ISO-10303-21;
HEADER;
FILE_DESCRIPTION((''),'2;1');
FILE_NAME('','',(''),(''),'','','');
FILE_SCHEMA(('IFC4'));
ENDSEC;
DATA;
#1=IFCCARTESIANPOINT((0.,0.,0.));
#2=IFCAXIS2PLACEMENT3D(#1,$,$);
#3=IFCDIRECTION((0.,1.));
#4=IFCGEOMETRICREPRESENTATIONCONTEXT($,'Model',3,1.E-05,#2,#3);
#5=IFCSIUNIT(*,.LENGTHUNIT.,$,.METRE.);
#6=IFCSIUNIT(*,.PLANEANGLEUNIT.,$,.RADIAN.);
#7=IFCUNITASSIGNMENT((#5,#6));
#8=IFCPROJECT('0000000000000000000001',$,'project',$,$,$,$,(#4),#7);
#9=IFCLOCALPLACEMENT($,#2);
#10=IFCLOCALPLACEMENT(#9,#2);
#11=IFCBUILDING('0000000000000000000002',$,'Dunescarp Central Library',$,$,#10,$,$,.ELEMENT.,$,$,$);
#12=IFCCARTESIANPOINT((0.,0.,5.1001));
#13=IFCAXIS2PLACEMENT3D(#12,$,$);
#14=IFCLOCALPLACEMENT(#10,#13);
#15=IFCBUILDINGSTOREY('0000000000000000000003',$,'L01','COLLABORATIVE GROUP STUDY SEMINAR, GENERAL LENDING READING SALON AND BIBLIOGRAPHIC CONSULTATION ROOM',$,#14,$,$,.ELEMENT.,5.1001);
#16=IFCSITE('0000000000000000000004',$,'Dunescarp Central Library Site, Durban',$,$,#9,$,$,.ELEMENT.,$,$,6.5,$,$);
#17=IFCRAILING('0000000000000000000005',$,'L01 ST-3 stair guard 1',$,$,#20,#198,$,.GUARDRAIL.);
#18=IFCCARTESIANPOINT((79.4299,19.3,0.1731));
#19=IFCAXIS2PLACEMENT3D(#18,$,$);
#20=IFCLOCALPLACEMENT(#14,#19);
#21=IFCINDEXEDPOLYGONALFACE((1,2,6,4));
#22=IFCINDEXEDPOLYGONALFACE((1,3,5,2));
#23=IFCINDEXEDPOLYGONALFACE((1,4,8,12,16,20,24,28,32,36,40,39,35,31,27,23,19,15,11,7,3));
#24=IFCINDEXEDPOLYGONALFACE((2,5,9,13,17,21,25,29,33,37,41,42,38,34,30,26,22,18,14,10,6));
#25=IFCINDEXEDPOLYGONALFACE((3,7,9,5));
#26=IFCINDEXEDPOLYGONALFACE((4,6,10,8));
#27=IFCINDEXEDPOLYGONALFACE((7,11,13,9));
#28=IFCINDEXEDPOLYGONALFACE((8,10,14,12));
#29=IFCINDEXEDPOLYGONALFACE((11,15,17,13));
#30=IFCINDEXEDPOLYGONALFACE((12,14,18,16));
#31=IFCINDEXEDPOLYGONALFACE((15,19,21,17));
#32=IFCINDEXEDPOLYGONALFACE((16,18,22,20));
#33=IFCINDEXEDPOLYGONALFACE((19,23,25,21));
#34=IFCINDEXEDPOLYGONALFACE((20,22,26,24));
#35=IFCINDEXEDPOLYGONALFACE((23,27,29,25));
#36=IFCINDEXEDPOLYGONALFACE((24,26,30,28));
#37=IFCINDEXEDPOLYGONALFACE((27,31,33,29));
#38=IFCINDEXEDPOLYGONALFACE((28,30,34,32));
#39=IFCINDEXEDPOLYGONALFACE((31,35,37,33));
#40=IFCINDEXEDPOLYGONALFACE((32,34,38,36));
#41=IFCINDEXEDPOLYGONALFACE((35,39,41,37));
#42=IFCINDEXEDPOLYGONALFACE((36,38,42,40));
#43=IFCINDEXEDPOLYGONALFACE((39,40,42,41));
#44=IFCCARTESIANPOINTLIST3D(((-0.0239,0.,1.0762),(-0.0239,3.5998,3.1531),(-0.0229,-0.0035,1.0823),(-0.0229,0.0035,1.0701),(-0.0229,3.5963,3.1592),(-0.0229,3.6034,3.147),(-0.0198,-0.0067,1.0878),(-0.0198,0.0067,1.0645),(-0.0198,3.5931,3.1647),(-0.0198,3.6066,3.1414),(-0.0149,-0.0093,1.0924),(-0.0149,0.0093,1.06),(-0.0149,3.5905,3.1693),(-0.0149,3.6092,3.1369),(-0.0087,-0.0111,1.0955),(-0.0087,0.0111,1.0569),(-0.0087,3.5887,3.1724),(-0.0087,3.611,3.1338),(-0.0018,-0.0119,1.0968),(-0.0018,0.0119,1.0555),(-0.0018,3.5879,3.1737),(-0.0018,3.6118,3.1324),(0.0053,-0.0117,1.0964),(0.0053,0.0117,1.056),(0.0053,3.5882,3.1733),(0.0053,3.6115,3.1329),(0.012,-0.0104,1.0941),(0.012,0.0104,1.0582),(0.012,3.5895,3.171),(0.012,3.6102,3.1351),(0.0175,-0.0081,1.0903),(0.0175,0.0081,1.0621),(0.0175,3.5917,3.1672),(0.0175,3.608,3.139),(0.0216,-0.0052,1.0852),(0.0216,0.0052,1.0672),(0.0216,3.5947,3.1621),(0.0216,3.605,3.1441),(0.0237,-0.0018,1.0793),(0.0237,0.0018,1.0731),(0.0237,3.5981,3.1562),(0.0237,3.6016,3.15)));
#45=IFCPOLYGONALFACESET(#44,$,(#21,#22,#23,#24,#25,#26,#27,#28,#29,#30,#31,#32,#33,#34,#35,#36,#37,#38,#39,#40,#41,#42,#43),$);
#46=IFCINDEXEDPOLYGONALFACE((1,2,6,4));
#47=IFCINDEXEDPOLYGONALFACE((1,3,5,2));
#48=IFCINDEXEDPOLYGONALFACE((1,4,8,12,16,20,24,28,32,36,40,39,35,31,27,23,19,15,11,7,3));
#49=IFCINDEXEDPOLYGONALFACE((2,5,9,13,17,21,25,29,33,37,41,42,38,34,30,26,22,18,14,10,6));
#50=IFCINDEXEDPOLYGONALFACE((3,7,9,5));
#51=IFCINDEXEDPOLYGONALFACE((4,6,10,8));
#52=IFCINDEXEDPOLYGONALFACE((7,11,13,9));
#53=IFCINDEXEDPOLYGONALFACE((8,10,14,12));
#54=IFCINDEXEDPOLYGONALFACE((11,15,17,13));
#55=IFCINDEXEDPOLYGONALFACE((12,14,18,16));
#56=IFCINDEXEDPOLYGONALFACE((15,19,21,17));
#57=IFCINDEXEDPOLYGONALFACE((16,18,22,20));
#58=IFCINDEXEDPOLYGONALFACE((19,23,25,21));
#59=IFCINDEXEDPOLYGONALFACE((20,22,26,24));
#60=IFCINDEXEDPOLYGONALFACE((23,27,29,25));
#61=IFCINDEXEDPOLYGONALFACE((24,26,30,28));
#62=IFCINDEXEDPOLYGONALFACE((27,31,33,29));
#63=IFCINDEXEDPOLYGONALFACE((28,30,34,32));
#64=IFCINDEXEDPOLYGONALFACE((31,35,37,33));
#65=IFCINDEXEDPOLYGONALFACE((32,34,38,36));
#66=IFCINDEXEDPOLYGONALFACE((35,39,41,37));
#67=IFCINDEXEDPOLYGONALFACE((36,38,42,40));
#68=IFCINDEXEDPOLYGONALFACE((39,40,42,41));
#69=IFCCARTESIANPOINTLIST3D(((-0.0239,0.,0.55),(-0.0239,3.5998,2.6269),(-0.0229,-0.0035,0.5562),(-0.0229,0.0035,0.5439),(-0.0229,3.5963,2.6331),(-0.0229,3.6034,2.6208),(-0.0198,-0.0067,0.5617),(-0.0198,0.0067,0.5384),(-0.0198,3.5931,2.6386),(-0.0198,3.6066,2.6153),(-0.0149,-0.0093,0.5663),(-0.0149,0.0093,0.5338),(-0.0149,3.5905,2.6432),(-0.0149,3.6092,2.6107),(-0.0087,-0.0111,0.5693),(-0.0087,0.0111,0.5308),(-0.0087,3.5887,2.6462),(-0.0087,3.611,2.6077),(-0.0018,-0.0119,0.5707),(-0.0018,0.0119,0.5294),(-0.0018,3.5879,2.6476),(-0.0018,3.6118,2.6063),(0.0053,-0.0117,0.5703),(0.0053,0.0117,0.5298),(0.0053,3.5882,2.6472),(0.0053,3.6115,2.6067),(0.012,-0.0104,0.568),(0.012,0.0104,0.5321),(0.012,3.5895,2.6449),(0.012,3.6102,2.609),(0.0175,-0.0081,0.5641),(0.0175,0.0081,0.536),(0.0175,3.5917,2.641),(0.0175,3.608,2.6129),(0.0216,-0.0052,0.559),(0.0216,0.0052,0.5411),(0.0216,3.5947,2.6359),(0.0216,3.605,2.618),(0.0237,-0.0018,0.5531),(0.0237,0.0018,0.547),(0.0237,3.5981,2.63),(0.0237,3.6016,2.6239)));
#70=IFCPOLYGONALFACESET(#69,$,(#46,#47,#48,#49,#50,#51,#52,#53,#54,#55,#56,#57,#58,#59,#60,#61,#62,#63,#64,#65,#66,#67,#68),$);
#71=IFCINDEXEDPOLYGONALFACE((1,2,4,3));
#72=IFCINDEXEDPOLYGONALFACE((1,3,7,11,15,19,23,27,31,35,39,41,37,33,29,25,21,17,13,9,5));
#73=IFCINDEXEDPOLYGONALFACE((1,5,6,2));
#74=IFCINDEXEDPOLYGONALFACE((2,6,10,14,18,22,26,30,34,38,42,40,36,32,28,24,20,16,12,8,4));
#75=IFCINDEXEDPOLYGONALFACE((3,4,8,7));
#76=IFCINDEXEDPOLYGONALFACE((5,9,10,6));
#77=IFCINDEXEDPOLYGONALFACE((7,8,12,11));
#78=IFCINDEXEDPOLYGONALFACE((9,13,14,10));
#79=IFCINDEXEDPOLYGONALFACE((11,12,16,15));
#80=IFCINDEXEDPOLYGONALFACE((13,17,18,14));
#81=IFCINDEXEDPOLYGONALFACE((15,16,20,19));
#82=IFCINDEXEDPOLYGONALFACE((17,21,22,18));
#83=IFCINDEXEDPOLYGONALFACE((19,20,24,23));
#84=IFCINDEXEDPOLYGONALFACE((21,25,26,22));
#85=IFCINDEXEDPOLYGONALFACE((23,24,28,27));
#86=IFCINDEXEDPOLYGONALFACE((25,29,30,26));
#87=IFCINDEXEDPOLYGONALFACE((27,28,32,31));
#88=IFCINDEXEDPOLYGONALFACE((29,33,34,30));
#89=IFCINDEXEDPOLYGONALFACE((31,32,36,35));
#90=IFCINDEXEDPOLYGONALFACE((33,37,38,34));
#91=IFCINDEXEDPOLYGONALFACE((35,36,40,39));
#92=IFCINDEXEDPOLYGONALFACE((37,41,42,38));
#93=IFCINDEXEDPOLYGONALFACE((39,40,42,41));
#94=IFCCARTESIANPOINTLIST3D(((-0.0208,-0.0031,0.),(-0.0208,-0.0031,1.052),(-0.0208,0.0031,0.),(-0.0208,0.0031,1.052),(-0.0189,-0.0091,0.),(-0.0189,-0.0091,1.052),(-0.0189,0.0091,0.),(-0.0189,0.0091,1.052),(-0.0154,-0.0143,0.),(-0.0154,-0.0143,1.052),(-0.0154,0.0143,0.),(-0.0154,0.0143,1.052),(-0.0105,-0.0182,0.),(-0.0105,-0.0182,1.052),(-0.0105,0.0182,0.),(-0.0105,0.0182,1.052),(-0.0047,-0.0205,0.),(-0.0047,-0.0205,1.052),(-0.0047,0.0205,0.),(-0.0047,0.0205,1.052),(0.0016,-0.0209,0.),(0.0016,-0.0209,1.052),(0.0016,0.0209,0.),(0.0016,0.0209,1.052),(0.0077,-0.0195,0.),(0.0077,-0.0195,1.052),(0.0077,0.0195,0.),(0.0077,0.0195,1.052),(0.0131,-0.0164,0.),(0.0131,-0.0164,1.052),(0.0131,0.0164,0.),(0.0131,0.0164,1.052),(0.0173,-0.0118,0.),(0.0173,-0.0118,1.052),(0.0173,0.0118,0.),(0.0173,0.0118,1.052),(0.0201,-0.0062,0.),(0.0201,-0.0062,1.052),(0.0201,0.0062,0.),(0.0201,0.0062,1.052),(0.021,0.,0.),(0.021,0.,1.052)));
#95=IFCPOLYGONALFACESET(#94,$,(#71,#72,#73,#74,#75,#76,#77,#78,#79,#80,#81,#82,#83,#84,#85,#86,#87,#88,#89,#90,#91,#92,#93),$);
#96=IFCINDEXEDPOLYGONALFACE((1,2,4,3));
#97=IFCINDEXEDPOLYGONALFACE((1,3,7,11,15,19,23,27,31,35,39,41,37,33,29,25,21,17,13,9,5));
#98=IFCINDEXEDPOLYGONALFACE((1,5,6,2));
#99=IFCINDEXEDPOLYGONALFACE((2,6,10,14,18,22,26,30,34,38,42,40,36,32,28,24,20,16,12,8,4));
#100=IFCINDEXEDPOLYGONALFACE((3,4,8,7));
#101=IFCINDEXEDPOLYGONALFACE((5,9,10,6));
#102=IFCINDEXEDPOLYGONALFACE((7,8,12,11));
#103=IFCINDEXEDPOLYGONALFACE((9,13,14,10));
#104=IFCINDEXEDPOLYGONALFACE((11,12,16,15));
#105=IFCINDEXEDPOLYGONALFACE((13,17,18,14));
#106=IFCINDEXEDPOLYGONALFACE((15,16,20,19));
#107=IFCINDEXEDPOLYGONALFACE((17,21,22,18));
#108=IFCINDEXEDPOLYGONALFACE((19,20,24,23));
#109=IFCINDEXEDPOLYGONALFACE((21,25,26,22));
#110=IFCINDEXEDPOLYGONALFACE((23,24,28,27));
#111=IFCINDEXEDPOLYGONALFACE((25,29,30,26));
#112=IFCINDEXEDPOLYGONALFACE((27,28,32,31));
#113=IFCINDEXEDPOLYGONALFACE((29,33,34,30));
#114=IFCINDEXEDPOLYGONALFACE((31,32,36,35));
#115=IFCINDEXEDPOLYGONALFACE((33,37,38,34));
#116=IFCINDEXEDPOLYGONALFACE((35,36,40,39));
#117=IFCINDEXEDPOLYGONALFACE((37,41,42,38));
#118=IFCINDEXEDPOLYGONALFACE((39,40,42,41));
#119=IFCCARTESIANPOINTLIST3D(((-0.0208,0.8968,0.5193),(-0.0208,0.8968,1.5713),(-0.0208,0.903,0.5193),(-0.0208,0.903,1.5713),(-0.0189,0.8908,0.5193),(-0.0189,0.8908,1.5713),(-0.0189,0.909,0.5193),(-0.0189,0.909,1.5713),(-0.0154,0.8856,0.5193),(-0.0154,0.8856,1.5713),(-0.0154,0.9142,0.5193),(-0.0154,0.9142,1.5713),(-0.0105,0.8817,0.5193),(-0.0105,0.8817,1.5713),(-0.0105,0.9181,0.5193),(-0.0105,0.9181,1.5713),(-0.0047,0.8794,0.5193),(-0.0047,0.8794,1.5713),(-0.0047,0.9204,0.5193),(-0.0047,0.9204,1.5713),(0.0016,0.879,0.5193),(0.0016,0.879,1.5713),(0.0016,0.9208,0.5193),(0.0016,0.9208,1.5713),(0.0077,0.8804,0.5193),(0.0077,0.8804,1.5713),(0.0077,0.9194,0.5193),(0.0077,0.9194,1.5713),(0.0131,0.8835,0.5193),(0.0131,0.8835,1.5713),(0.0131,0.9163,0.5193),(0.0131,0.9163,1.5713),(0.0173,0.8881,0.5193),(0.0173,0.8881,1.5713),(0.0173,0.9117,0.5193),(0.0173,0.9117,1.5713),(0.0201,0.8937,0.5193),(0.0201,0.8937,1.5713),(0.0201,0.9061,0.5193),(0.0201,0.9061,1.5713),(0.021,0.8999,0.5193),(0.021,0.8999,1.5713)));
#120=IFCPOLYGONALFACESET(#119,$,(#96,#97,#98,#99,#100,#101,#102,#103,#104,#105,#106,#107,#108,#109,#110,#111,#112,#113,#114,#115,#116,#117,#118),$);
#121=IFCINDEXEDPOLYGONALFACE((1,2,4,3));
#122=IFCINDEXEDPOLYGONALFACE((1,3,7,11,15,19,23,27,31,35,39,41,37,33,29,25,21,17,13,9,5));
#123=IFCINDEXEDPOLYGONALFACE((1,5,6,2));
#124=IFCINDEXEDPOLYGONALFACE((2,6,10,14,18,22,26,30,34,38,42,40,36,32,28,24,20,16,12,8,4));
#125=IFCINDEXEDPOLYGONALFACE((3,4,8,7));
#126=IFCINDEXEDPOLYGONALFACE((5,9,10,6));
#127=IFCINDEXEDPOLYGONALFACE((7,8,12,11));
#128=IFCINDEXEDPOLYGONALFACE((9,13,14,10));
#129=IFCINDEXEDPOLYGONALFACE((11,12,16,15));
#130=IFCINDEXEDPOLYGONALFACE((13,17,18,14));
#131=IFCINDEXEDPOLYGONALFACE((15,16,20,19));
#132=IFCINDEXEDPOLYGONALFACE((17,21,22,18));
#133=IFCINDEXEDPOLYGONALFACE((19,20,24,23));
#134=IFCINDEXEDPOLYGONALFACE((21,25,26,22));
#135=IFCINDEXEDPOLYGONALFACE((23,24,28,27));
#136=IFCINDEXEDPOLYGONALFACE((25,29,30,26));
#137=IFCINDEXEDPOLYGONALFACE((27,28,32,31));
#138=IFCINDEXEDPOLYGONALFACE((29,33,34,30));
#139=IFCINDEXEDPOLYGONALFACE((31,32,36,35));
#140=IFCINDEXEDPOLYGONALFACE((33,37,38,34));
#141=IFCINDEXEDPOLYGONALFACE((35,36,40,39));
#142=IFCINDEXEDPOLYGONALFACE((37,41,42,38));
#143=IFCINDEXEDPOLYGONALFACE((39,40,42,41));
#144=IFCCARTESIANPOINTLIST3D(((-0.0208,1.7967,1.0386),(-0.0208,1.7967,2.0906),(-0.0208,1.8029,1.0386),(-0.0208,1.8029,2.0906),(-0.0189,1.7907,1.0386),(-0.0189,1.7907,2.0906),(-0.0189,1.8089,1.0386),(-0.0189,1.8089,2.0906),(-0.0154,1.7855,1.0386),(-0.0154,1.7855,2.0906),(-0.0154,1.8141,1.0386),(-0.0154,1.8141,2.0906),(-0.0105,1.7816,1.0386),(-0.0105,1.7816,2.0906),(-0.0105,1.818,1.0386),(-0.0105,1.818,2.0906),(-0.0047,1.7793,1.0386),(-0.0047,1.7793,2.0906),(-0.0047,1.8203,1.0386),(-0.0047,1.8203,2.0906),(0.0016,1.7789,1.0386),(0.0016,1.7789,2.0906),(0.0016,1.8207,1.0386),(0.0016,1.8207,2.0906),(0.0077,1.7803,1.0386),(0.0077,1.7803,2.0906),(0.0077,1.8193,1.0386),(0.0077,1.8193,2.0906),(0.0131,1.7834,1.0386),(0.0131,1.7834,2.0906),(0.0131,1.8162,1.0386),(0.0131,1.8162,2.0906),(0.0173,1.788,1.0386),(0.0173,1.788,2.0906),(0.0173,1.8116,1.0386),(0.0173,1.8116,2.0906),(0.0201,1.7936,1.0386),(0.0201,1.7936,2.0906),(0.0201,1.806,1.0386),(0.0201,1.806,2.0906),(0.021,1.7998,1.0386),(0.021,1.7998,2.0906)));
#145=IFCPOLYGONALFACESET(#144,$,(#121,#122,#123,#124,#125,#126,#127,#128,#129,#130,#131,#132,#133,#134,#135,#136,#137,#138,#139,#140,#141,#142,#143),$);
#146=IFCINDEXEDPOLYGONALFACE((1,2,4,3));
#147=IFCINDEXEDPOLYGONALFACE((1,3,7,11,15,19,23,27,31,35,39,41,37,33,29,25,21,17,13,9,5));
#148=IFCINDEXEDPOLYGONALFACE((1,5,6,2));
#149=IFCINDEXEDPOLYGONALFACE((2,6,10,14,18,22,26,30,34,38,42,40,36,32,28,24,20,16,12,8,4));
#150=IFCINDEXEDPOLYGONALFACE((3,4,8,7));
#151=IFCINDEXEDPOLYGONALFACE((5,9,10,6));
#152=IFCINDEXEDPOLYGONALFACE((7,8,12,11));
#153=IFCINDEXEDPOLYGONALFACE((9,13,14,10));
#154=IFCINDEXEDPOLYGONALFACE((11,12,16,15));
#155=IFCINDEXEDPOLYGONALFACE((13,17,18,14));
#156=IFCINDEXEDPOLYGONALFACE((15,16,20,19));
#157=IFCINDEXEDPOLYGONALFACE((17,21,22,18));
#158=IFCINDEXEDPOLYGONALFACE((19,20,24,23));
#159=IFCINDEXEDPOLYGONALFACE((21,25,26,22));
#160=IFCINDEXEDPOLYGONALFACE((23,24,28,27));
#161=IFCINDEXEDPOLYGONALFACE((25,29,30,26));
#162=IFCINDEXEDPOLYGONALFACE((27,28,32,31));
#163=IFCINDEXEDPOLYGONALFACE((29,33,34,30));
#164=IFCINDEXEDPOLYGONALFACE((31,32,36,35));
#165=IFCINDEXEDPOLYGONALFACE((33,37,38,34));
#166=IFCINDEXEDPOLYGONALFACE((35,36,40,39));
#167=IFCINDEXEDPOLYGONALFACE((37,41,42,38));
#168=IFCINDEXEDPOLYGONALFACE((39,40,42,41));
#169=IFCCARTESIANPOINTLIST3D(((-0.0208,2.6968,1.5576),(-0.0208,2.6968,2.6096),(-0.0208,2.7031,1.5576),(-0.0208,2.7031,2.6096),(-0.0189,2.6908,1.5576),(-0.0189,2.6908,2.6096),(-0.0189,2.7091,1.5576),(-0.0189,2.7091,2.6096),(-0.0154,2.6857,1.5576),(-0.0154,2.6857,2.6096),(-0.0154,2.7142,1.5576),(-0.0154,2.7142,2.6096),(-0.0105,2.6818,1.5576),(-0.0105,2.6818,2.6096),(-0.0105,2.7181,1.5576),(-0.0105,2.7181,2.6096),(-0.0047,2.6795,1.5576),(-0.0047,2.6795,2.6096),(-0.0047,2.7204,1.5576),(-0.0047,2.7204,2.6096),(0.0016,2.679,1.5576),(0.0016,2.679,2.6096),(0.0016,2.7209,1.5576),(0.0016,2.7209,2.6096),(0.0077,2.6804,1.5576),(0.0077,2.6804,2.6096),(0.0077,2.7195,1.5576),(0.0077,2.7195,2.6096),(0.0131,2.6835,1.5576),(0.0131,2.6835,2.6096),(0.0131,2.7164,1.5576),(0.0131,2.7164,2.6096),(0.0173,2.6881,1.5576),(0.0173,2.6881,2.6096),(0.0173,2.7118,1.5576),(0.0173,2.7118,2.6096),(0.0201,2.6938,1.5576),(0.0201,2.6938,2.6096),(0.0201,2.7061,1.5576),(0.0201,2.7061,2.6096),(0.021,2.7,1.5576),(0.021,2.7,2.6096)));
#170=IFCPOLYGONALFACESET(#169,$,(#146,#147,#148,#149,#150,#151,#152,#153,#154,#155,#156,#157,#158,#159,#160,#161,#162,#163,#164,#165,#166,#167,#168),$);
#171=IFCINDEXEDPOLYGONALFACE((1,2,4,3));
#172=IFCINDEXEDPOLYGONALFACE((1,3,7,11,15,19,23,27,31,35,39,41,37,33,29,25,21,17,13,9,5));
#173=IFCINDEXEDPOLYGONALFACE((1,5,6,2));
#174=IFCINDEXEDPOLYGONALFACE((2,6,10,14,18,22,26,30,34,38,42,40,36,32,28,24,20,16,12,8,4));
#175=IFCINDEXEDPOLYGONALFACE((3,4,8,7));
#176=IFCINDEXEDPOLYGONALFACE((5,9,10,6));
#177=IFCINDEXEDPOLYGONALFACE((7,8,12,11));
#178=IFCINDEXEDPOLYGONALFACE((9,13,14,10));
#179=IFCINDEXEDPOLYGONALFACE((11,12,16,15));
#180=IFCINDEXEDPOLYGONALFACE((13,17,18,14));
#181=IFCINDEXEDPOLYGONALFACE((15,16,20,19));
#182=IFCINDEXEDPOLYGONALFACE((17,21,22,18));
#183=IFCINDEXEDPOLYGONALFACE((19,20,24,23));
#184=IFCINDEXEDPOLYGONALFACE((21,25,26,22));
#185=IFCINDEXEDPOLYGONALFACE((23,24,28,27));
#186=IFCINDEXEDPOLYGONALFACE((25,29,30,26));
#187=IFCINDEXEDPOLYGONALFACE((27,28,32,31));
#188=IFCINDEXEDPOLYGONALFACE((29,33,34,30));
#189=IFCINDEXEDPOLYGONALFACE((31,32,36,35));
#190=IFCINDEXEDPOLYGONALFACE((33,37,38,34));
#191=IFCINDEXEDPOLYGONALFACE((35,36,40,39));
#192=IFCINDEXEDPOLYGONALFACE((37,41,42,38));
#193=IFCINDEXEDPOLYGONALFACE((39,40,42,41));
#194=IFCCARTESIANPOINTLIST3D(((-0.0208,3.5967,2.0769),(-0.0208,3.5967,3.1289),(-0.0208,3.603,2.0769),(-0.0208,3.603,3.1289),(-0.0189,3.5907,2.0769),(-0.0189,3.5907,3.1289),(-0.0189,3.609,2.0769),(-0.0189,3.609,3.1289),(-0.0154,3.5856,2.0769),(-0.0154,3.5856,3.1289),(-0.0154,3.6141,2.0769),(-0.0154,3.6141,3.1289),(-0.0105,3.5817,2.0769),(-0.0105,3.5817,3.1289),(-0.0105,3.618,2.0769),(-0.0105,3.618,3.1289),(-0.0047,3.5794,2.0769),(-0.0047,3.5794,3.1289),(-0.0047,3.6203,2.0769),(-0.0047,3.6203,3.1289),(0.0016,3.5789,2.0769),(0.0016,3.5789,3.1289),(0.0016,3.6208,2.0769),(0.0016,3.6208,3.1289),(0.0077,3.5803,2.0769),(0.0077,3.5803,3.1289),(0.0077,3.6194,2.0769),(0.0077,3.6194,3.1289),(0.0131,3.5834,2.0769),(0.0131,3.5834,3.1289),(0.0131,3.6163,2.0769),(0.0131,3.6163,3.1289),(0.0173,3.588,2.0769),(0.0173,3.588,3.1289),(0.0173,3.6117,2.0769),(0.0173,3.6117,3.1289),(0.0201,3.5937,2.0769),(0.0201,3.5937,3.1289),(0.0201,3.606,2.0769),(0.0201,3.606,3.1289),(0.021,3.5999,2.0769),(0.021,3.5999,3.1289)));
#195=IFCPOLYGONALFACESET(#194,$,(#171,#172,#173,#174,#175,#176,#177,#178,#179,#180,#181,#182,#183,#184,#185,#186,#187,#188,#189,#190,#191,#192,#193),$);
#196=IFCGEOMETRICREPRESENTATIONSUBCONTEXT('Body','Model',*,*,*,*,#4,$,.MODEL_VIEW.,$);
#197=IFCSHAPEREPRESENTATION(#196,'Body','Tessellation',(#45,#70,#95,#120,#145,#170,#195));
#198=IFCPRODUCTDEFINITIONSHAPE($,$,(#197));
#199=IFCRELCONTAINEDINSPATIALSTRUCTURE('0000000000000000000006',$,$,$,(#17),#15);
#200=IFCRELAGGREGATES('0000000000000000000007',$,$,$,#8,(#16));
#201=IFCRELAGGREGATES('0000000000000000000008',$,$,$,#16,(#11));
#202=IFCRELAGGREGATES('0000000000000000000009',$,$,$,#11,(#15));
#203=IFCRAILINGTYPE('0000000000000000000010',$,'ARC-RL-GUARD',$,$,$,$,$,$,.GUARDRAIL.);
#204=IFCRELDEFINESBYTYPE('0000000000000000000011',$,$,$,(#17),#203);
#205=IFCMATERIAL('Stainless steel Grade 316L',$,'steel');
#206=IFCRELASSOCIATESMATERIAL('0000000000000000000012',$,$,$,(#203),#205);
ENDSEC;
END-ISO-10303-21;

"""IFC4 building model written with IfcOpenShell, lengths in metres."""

from ifc_helpers import new_model, si_unit, direction, frame, origin, origin_2d, place, context, subcontext, project, spatial, circle, extrude, material, type_object, element, save


model = new_model("IFC4")

# Units and contexts
model_context = context("Model", 3, precision=1e-05, world=origin(), true_north=direction((0.0, 1.0)))
body_context = subcontext(model_context, "Body", "Model", "MODEL_VIEW")
ifc_project = project(units=[si_unit("LENGTHUNIT", "METRE"), si_unit("PLANEANGLEUNIT", "RADIAN")], contexts=[model_context])

# Site, building, storey
site_placement = place(None, origin())
site = spatial("IfcSite", under=ifc_project, at=site_placement, Name="Dunescarp Central Library Site, Durban", CompositionType="ELEMENT", RefElevation=6.5)
building_placement = place(site_placement, origin())
building = spatial("IfcBuilding", under=site, at=building_placement, Name="Dunescarp Central Library", CompositionType="ELEMENT")
storey_placement = place(building_placement, frame((0.0, 0.0, 5.1001)))
storey = spatial("IfcBuildingStorey", under=building, at=storey_placement, Name="L01", Description="COLLABORATIVE GROUP STUDY SEMINAR, GENERAL LENDING READING SALON AND BIBLIOGRAPHIC CONSULTATION ROOM", CompositionType="ELEMENT", Elevation=5.1001)

# Railing
ifc_material_1 = material(Name="Stainless steel Grade 316L", Category="steel")
railing_type_1 = type_object("IfcRailingType", Name="ARC-RL-GUARD", PredefinedType="GUARDRAIL", material=ifc_material_1)
railing_1_placement = place(storey_placement, frame((79.4299, 19.3, 0.1731)))
element("IfcRailing", 1, at=railing_1_placement, inside=storey, type_object=railing_type_1, Name="L01 ST-3 stair guard 1", PredefinedType="GUARDRAIL", context=body_context, shape_type="SweptSolid", body=[
    extrude(circle(Radius=0.0239, at=origin_2d()), frame((0.0, 0.0, 1.0762), z_axis=(0.0, 0.866179, 0.499734), x_axis=(-1.0, 0.0, 0.0)), (0.0, 0.0, 1.0), 4.156),
    extrude(circle(Radius=0.0239, at=origin_2d()), frame((0.0, 0.0, 0.55), z_axis=(0.0, 0.866179, 0.499734), x_axis=(-1.0, 0.0, 0.0)), (0.0, 0.0, 1.0), 4.156),
    extrude(circle(Radius=0.021, at=origin_2d()), origin(), (0.0, 0.0, 1.0), 1.052),
    extrude(circle(Radius=0.021, at=origin_2d()), frame((0.0, 0.8999, 0.5193)), (0.0, 0.0, 1.0), 1.052),
    extrude(circle(Radius=0.021, at=origin_2d()), frame((0.0, 1.7998, 1.0386)), (0.0, 0.0, 1.0), 1.052),
    extrude(circle(Radius=0.021, at=origin_2d()), frame((0.0, 2.7, 1.5576)), (0.0, 0.0, 1.0), 1.052),
    extrude(circle(Radius=0.021, at=origin_2d()), frame((0.0, 3.5999, 2.0769)), (0.0, 0.0, 1.0), 1.052),
])

save(model, "model.ifc")
